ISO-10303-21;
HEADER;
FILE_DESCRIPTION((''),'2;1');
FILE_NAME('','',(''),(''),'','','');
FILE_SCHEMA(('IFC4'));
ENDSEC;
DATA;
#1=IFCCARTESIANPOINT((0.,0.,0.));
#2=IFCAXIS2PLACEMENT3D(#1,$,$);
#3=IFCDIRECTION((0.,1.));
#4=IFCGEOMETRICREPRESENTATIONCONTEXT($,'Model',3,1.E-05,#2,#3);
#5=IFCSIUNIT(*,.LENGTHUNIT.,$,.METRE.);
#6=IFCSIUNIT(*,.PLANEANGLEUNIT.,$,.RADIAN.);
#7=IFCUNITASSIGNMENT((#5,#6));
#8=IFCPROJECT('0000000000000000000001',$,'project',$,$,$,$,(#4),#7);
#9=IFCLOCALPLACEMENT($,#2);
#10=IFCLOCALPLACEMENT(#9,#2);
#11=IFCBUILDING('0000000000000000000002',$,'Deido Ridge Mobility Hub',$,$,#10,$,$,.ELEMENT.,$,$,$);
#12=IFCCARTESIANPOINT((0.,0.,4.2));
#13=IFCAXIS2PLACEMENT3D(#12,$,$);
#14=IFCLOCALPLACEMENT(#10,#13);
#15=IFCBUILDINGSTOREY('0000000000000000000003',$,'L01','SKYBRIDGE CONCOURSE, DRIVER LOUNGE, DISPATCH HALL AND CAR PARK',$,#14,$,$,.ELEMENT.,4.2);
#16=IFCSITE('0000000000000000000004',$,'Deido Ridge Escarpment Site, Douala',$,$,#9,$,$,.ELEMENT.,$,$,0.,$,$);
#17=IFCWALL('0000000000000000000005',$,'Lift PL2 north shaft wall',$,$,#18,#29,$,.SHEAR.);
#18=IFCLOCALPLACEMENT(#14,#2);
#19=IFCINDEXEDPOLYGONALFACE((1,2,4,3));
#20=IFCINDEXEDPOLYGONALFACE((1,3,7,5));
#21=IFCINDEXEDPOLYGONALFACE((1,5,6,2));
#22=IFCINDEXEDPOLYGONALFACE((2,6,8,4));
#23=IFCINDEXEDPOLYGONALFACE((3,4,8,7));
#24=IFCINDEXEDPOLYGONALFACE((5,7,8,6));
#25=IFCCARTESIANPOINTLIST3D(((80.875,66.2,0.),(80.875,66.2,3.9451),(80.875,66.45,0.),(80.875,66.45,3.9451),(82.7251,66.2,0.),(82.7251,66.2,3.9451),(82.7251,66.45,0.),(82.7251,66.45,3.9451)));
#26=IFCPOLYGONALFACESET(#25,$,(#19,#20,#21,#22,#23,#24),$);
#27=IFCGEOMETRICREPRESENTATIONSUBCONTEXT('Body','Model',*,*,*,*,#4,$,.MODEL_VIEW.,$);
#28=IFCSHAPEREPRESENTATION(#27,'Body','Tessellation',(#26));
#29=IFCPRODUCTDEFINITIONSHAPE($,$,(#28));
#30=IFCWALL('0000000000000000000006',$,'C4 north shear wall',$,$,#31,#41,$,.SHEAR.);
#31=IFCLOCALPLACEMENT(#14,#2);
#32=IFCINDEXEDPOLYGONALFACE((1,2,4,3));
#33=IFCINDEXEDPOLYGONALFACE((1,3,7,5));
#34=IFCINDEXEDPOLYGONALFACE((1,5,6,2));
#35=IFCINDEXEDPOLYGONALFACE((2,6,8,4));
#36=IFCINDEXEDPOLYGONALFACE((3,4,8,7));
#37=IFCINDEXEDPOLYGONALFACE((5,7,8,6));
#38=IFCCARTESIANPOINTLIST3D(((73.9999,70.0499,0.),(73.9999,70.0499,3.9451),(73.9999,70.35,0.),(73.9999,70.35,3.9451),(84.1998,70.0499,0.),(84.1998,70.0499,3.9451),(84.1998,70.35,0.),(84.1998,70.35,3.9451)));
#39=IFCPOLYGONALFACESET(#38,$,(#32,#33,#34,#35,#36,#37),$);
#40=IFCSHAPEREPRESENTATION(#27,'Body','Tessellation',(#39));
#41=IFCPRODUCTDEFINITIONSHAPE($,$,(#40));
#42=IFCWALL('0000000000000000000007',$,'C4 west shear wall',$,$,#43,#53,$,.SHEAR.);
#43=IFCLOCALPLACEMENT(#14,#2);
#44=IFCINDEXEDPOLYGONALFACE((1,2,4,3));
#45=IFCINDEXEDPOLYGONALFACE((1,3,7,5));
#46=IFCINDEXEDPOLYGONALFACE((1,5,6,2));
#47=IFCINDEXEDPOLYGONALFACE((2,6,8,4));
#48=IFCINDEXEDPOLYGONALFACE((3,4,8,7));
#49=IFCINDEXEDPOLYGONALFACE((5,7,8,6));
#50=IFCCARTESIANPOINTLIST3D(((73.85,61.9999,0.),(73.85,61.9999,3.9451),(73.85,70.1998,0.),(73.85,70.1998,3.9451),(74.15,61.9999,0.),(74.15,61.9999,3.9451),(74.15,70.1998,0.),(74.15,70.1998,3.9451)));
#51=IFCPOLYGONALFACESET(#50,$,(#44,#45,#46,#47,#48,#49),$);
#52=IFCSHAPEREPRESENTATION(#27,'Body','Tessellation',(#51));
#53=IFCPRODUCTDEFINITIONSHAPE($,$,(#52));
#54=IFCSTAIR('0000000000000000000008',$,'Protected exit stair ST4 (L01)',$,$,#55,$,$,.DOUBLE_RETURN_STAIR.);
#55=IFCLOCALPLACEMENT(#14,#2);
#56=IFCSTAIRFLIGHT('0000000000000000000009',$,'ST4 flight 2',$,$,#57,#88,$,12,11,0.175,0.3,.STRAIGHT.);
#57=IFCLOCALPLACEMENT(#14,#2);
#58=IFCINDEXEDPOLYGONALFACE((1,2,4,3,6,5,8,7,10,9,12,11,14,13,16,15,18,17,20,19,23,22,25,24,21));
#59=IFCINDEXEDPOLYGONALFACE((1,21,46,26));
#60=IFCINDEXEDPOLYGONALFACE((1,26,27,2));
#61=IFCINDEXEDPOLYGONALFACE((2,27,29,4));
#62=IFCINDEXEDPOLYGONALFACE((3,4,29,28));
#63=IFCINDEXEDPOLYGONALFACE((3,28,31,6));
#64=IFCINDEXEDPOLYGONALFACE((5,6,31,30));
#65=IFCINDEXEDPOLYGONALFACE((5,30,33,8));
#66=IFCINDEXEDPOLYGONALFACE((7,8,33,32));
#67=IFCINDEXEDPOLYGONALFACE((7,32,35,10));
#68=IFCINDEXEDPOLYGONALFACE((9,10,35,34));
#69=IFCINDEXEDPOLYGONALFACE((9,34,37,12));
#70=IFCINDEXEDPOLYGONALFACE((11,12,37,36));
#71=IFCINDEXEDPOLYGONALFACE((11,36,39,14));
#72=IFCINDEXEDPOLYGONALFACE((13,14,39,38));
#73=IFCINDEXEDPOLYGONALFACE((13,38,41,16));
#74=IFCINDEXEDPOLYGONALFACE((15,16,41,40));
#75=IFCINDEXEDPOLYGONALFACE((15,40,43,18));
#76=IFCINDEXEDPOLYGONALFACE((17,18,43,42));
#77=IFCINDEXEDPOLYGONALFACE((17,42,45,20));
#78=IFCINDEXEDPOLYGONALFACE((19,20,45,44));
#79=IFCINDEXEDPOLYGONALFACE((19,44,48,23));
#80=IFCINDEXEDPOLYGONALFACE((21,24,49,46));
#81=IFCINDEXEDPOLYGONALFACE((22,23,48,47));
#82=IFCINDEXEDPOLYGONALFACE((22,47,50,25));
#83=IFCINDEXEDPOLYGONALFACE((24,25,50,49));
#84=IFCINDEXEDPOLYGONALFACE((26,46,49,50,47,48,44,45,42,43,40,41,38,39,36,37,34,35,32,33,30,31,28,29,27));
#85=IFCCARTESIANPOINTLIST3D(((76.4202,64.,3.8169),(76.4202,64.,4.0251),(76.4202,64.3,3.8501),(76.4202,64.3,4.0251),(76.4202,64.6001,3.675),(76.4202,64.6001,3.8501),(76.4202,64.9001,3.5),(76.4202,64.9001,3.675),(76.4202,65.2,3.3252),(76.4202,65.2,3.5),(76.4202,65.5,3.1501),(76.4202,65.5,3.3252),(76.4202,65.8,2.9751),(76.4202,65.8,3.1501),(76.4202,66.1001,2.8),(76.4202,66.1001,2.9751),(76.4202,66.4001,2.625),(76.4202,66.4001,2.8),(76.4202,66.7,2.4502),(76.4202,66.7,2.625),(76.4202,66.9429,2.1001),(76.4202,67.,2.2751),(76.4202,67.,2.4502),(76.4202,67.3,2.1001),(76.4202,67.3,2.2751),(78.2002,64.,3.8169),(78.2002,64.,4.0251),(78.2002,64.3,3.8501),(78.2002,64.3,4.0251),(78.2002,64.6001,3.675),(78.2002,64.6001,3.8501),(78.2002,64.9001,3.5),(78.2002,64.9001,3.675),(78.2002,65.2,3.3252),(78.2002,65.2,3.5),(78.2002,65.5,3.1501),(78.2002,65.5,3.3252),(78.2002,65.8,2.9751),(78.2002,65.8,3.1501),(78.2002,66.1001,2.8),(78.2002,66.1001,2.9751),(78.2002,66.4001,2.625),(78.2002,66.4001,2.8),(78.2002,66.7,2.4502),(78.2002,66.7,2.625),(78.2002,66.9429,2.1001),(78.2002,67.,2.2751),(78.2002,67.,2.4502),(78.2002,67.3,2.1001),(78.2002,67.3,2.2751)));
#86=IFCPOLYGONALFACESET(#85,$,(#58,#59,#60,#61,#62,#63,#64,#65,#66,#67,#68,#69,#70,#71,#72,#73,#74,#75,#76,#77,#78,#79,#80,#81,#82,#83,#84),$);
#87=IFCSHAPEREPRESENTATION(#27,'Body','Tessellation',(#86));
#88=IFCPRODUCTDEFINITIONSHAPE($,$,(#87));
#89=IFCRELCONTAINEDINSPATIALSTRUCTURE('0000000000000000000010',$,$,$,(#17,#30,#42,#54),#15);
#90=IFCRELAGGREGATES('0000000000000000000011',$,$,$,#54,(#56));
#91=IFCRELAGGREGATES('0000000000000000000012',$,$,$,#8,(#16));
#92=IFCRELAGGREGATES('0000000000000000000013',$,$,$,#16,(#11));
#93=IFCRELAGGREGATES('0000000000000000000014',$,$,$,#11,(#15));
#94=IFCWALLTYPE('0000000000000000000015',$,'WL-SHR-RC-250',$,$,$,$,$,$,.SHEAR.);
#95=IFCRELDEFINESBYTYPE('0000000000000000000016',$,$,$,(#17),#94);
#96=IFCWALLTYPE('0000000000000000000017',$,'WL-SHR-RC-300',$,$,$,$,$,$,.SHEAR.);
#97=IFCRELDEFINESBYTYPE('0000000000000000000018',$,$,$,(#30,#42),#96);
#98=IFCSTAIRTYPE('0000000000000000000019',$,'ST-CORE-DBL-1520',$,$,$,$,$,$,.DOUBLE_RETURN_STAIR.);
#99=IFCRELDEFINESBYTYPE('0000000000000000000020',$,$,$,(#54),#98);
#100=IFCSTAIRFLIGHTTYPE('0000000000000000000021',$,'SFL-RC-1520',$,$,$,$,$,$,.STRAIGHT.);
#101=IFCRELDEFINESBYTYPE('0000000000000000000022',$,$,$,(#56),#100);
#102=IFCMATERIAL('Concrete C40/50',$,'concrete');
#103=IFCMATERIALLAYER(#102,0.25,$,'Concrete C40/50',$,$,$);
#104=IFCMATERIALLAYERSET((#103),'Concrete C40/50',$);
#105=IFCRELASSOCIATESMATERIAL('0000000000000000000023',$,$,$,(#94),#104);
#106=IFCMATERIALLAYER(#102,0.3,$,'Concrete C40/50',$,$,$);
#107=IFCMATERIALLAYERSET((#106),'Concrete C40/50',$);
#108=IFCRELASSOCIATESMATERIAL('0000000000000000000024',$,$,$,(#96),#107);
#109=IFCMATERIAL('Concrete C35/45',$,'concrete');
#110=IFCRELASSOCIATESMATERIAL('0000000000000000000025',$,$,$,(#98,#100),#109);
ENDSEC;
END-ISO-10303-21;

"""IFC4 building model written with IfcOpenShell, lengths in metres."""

from ifc_helpers import new_model, si_unit, direction, frame, frame_2d, origin, place, context, subcontext, project, spatial, polyline, rectangle, outline, extrude, material, layer, layer_set, type_object, element, aggregate, save


model = new_model("IFC4")

# Units and contexts
model_context = context("Model", 3, precision=1e-05, world=origin(), true_north=direction((0.0, 1.0)))
body_context = subcontext(model_context, "Body", "Model", "MODEL_VIEW")
ifc_project = project(units=[si_unit("LENGTHUNIT", "METRE"), si_unit("PLANEANGLEUNIT", "RADIAN")], contexts=[model_context])

# Site, building, storey
site_placement = place(None, origin())
site = spatial("IfcSite", under=ifc_project, at=site_placement, Name="Deido Ridge Escarpment Site, Douala", CompositionType="ELEMENT", RefElevation=0.0)
building_placement = place(site_placement, origin())
building = spatial("IfcBuilding", under=site, at=building_placement, Name="Deido Ridge Mobility Hub", CompositionType="ELEMENT")
storey_placement = place(building_placement, frame((0.0, 0.0, 4.2)))
storey = spatial("IfcBuildingStorey", under=building, at=storey_placement, Name="L01", Description="SKYBRIDGE CONCOURSE, DRIVER LOUNGE, DISPATCH HALL AND CAR PARK", CompositionType="ELEMENT", Elevation=4.2)

# Walls
ifc_material_1 = material(Name="Concrete C40/50", Category="concrete")
ifc_layer_1 = layer(ifc_material_1, 0.25, Name="Concrete C40/50")
ifc_layer_set_1 = layer_set([ifc_layer_1], Name="Concrete C40/50")
wall_type_1 = type_object("IfcWallType", Name="WL-SHR-RC-250", PredefinedType="SHEAR", material=ifc_layer_set_1)
wall_1_placement = place(storey_placement, frame((80.875, 66.325, 0.0), z_axis=(0.0, 0.0, 1.0), x_axis=(1.0, 0.0, 0.0)))
element("IfcWall", 1, at=wall_1_placement, inside=storey, type_object=wall_type_1, Name="Lift PL2 north shaft wall", PredefinedType="SHEAR", context=body_context, shape_type="SweptSolid", body=[
    extrude(rectangle(XDim=1.8501, YDim=0.25, at=frame_2d((0.925, 0.0))), origin(), (0.0, 0.0, 1.0), 3.9451),
])
ifc_layer_2 = layer(ifc_material_1, 0.3, Name="Concrete C40/50")
ifc_layer_set_2 = layer_set([ifc_layer_2], Name="Concrete C40/50")
wall_type_2 = type_object("IfcWallType", Name="WL-SHR-RC-300", PredefinedType="SHEAR", material=ifc_layer_set_2)
wall_2_placement = place(storey_placement, frame((84.2, 70.2, 0.0), z_axis=(0.0, 0.0, 1.0), x_axis=(-1.0, 0.0, 0.0)))
element("IfcWall", 2, at=wall_2_placement, inside=storey, type_object=wall_type_2, Name="C4 north shear wall", PredefinedType="SHEAR", context=body_context, shape_type="SweptSolid", body=[
    extrude(rectangle(XDim=10.2, YDim=0.3, at=frame_2d((5.1001, 0.0))), origin(), (0.0, 0.0, 1.0), 3.9451),
])
wall_3_placement = place(storey_placement, frame((74.0, 70.2, 0.0), z_axis=(0.0, 0.0, 1.0), x_axis=(0.0, -1.0, 0.0)))
element("IfcWall", 3, at=wall_3_placement, inside=storey, type_object=wall_type_2, Name="C4 west shear wall", PredefinedType="SHEAR", context=body_context, shape_type="SweptSolid", body=[
    extrude(rectangle(XDim=8.2, YDim=0.3, at=frame_2d((4.1001, 0.0))), origin(), (0.0, 0.0, 1.0), 3.9451),
])

# Stair, stair flight
ifc_material_2 = material(Name="Concrete C35/45", Category="concrete")
stair_type = type_object("IfcStairType", Name="ST-CORE-DBL-1520", PredefinedType="DOUBLE_RETURN_STAIR", material=ifc_material_2)
stair_placement = place(storey_placement, origin())
stair = element("IfcStair", 4, at=stair_placement, inside=storey, type_object=stair_type, Name="Protected exit stair ST4 (L01)", PredefinedType="DOUBLE_RETURN_STAIR")
stair_flight_type = type_object("IfcStairFlightType", Name="SFL-RC-1520", PredefinedType="STRAIGHT", material=ifc_material_2)
stair_flight_placement = place(storey_placement, frame((77.3101, 67.3, 2.1001), z_axis=(0.0, 0.0, 1.0), x_axis=(0.0, -1.0, 0.0)))
stair_flight = element("IfcStairFlight", 5, at=stair_flight_placement, type_object=stair_flight_type, Name="ST4 flight 2", NumberOfRisers=12, NumberOfTreads=11, PredefinedType="STRAIGHT", RiserHeight=0.175, TreadLength=0.3, context=body_context, shape_type="SweptSolid", body=[
    extrude(outline(polyline([(0.0, 0.0), (0.0, 0.175), (0.3, 0.175), (0.3, 0.3501), (0.6001, 0.3501), (0.6001, 0.5249), (0.8999, 0.5249), (0.8999, 0.7), (1.2, 0.7), (1.2, 0.875), (1.5, 0.875), (1.5, 1.05), (1.8, 1.05), (1.8, 1.2251), (2.1001, 1.2251), (2.1001, 1.3999), (2.3999, 1.3999), (2.3999, 1.575), (2.7, 1.575), (2.7, 1.75), (3.0, 1.75), (3.0, 1.925), (3.3, 1.925), (3.3, 2.1001), (3.3, 1.7168), (0.3572, 0.0), (0.0, 0.0)])), frame((0.0, 0.8901, 0.0), z_axis=(0.0, -1.0, 0.0), x_axis=(1.0, 0.0, 0.0)), (0.0, 0.0, 1.0), 1.78),
])
aggregate(stair, [stair_flight])

save(model, "model.ifc")
